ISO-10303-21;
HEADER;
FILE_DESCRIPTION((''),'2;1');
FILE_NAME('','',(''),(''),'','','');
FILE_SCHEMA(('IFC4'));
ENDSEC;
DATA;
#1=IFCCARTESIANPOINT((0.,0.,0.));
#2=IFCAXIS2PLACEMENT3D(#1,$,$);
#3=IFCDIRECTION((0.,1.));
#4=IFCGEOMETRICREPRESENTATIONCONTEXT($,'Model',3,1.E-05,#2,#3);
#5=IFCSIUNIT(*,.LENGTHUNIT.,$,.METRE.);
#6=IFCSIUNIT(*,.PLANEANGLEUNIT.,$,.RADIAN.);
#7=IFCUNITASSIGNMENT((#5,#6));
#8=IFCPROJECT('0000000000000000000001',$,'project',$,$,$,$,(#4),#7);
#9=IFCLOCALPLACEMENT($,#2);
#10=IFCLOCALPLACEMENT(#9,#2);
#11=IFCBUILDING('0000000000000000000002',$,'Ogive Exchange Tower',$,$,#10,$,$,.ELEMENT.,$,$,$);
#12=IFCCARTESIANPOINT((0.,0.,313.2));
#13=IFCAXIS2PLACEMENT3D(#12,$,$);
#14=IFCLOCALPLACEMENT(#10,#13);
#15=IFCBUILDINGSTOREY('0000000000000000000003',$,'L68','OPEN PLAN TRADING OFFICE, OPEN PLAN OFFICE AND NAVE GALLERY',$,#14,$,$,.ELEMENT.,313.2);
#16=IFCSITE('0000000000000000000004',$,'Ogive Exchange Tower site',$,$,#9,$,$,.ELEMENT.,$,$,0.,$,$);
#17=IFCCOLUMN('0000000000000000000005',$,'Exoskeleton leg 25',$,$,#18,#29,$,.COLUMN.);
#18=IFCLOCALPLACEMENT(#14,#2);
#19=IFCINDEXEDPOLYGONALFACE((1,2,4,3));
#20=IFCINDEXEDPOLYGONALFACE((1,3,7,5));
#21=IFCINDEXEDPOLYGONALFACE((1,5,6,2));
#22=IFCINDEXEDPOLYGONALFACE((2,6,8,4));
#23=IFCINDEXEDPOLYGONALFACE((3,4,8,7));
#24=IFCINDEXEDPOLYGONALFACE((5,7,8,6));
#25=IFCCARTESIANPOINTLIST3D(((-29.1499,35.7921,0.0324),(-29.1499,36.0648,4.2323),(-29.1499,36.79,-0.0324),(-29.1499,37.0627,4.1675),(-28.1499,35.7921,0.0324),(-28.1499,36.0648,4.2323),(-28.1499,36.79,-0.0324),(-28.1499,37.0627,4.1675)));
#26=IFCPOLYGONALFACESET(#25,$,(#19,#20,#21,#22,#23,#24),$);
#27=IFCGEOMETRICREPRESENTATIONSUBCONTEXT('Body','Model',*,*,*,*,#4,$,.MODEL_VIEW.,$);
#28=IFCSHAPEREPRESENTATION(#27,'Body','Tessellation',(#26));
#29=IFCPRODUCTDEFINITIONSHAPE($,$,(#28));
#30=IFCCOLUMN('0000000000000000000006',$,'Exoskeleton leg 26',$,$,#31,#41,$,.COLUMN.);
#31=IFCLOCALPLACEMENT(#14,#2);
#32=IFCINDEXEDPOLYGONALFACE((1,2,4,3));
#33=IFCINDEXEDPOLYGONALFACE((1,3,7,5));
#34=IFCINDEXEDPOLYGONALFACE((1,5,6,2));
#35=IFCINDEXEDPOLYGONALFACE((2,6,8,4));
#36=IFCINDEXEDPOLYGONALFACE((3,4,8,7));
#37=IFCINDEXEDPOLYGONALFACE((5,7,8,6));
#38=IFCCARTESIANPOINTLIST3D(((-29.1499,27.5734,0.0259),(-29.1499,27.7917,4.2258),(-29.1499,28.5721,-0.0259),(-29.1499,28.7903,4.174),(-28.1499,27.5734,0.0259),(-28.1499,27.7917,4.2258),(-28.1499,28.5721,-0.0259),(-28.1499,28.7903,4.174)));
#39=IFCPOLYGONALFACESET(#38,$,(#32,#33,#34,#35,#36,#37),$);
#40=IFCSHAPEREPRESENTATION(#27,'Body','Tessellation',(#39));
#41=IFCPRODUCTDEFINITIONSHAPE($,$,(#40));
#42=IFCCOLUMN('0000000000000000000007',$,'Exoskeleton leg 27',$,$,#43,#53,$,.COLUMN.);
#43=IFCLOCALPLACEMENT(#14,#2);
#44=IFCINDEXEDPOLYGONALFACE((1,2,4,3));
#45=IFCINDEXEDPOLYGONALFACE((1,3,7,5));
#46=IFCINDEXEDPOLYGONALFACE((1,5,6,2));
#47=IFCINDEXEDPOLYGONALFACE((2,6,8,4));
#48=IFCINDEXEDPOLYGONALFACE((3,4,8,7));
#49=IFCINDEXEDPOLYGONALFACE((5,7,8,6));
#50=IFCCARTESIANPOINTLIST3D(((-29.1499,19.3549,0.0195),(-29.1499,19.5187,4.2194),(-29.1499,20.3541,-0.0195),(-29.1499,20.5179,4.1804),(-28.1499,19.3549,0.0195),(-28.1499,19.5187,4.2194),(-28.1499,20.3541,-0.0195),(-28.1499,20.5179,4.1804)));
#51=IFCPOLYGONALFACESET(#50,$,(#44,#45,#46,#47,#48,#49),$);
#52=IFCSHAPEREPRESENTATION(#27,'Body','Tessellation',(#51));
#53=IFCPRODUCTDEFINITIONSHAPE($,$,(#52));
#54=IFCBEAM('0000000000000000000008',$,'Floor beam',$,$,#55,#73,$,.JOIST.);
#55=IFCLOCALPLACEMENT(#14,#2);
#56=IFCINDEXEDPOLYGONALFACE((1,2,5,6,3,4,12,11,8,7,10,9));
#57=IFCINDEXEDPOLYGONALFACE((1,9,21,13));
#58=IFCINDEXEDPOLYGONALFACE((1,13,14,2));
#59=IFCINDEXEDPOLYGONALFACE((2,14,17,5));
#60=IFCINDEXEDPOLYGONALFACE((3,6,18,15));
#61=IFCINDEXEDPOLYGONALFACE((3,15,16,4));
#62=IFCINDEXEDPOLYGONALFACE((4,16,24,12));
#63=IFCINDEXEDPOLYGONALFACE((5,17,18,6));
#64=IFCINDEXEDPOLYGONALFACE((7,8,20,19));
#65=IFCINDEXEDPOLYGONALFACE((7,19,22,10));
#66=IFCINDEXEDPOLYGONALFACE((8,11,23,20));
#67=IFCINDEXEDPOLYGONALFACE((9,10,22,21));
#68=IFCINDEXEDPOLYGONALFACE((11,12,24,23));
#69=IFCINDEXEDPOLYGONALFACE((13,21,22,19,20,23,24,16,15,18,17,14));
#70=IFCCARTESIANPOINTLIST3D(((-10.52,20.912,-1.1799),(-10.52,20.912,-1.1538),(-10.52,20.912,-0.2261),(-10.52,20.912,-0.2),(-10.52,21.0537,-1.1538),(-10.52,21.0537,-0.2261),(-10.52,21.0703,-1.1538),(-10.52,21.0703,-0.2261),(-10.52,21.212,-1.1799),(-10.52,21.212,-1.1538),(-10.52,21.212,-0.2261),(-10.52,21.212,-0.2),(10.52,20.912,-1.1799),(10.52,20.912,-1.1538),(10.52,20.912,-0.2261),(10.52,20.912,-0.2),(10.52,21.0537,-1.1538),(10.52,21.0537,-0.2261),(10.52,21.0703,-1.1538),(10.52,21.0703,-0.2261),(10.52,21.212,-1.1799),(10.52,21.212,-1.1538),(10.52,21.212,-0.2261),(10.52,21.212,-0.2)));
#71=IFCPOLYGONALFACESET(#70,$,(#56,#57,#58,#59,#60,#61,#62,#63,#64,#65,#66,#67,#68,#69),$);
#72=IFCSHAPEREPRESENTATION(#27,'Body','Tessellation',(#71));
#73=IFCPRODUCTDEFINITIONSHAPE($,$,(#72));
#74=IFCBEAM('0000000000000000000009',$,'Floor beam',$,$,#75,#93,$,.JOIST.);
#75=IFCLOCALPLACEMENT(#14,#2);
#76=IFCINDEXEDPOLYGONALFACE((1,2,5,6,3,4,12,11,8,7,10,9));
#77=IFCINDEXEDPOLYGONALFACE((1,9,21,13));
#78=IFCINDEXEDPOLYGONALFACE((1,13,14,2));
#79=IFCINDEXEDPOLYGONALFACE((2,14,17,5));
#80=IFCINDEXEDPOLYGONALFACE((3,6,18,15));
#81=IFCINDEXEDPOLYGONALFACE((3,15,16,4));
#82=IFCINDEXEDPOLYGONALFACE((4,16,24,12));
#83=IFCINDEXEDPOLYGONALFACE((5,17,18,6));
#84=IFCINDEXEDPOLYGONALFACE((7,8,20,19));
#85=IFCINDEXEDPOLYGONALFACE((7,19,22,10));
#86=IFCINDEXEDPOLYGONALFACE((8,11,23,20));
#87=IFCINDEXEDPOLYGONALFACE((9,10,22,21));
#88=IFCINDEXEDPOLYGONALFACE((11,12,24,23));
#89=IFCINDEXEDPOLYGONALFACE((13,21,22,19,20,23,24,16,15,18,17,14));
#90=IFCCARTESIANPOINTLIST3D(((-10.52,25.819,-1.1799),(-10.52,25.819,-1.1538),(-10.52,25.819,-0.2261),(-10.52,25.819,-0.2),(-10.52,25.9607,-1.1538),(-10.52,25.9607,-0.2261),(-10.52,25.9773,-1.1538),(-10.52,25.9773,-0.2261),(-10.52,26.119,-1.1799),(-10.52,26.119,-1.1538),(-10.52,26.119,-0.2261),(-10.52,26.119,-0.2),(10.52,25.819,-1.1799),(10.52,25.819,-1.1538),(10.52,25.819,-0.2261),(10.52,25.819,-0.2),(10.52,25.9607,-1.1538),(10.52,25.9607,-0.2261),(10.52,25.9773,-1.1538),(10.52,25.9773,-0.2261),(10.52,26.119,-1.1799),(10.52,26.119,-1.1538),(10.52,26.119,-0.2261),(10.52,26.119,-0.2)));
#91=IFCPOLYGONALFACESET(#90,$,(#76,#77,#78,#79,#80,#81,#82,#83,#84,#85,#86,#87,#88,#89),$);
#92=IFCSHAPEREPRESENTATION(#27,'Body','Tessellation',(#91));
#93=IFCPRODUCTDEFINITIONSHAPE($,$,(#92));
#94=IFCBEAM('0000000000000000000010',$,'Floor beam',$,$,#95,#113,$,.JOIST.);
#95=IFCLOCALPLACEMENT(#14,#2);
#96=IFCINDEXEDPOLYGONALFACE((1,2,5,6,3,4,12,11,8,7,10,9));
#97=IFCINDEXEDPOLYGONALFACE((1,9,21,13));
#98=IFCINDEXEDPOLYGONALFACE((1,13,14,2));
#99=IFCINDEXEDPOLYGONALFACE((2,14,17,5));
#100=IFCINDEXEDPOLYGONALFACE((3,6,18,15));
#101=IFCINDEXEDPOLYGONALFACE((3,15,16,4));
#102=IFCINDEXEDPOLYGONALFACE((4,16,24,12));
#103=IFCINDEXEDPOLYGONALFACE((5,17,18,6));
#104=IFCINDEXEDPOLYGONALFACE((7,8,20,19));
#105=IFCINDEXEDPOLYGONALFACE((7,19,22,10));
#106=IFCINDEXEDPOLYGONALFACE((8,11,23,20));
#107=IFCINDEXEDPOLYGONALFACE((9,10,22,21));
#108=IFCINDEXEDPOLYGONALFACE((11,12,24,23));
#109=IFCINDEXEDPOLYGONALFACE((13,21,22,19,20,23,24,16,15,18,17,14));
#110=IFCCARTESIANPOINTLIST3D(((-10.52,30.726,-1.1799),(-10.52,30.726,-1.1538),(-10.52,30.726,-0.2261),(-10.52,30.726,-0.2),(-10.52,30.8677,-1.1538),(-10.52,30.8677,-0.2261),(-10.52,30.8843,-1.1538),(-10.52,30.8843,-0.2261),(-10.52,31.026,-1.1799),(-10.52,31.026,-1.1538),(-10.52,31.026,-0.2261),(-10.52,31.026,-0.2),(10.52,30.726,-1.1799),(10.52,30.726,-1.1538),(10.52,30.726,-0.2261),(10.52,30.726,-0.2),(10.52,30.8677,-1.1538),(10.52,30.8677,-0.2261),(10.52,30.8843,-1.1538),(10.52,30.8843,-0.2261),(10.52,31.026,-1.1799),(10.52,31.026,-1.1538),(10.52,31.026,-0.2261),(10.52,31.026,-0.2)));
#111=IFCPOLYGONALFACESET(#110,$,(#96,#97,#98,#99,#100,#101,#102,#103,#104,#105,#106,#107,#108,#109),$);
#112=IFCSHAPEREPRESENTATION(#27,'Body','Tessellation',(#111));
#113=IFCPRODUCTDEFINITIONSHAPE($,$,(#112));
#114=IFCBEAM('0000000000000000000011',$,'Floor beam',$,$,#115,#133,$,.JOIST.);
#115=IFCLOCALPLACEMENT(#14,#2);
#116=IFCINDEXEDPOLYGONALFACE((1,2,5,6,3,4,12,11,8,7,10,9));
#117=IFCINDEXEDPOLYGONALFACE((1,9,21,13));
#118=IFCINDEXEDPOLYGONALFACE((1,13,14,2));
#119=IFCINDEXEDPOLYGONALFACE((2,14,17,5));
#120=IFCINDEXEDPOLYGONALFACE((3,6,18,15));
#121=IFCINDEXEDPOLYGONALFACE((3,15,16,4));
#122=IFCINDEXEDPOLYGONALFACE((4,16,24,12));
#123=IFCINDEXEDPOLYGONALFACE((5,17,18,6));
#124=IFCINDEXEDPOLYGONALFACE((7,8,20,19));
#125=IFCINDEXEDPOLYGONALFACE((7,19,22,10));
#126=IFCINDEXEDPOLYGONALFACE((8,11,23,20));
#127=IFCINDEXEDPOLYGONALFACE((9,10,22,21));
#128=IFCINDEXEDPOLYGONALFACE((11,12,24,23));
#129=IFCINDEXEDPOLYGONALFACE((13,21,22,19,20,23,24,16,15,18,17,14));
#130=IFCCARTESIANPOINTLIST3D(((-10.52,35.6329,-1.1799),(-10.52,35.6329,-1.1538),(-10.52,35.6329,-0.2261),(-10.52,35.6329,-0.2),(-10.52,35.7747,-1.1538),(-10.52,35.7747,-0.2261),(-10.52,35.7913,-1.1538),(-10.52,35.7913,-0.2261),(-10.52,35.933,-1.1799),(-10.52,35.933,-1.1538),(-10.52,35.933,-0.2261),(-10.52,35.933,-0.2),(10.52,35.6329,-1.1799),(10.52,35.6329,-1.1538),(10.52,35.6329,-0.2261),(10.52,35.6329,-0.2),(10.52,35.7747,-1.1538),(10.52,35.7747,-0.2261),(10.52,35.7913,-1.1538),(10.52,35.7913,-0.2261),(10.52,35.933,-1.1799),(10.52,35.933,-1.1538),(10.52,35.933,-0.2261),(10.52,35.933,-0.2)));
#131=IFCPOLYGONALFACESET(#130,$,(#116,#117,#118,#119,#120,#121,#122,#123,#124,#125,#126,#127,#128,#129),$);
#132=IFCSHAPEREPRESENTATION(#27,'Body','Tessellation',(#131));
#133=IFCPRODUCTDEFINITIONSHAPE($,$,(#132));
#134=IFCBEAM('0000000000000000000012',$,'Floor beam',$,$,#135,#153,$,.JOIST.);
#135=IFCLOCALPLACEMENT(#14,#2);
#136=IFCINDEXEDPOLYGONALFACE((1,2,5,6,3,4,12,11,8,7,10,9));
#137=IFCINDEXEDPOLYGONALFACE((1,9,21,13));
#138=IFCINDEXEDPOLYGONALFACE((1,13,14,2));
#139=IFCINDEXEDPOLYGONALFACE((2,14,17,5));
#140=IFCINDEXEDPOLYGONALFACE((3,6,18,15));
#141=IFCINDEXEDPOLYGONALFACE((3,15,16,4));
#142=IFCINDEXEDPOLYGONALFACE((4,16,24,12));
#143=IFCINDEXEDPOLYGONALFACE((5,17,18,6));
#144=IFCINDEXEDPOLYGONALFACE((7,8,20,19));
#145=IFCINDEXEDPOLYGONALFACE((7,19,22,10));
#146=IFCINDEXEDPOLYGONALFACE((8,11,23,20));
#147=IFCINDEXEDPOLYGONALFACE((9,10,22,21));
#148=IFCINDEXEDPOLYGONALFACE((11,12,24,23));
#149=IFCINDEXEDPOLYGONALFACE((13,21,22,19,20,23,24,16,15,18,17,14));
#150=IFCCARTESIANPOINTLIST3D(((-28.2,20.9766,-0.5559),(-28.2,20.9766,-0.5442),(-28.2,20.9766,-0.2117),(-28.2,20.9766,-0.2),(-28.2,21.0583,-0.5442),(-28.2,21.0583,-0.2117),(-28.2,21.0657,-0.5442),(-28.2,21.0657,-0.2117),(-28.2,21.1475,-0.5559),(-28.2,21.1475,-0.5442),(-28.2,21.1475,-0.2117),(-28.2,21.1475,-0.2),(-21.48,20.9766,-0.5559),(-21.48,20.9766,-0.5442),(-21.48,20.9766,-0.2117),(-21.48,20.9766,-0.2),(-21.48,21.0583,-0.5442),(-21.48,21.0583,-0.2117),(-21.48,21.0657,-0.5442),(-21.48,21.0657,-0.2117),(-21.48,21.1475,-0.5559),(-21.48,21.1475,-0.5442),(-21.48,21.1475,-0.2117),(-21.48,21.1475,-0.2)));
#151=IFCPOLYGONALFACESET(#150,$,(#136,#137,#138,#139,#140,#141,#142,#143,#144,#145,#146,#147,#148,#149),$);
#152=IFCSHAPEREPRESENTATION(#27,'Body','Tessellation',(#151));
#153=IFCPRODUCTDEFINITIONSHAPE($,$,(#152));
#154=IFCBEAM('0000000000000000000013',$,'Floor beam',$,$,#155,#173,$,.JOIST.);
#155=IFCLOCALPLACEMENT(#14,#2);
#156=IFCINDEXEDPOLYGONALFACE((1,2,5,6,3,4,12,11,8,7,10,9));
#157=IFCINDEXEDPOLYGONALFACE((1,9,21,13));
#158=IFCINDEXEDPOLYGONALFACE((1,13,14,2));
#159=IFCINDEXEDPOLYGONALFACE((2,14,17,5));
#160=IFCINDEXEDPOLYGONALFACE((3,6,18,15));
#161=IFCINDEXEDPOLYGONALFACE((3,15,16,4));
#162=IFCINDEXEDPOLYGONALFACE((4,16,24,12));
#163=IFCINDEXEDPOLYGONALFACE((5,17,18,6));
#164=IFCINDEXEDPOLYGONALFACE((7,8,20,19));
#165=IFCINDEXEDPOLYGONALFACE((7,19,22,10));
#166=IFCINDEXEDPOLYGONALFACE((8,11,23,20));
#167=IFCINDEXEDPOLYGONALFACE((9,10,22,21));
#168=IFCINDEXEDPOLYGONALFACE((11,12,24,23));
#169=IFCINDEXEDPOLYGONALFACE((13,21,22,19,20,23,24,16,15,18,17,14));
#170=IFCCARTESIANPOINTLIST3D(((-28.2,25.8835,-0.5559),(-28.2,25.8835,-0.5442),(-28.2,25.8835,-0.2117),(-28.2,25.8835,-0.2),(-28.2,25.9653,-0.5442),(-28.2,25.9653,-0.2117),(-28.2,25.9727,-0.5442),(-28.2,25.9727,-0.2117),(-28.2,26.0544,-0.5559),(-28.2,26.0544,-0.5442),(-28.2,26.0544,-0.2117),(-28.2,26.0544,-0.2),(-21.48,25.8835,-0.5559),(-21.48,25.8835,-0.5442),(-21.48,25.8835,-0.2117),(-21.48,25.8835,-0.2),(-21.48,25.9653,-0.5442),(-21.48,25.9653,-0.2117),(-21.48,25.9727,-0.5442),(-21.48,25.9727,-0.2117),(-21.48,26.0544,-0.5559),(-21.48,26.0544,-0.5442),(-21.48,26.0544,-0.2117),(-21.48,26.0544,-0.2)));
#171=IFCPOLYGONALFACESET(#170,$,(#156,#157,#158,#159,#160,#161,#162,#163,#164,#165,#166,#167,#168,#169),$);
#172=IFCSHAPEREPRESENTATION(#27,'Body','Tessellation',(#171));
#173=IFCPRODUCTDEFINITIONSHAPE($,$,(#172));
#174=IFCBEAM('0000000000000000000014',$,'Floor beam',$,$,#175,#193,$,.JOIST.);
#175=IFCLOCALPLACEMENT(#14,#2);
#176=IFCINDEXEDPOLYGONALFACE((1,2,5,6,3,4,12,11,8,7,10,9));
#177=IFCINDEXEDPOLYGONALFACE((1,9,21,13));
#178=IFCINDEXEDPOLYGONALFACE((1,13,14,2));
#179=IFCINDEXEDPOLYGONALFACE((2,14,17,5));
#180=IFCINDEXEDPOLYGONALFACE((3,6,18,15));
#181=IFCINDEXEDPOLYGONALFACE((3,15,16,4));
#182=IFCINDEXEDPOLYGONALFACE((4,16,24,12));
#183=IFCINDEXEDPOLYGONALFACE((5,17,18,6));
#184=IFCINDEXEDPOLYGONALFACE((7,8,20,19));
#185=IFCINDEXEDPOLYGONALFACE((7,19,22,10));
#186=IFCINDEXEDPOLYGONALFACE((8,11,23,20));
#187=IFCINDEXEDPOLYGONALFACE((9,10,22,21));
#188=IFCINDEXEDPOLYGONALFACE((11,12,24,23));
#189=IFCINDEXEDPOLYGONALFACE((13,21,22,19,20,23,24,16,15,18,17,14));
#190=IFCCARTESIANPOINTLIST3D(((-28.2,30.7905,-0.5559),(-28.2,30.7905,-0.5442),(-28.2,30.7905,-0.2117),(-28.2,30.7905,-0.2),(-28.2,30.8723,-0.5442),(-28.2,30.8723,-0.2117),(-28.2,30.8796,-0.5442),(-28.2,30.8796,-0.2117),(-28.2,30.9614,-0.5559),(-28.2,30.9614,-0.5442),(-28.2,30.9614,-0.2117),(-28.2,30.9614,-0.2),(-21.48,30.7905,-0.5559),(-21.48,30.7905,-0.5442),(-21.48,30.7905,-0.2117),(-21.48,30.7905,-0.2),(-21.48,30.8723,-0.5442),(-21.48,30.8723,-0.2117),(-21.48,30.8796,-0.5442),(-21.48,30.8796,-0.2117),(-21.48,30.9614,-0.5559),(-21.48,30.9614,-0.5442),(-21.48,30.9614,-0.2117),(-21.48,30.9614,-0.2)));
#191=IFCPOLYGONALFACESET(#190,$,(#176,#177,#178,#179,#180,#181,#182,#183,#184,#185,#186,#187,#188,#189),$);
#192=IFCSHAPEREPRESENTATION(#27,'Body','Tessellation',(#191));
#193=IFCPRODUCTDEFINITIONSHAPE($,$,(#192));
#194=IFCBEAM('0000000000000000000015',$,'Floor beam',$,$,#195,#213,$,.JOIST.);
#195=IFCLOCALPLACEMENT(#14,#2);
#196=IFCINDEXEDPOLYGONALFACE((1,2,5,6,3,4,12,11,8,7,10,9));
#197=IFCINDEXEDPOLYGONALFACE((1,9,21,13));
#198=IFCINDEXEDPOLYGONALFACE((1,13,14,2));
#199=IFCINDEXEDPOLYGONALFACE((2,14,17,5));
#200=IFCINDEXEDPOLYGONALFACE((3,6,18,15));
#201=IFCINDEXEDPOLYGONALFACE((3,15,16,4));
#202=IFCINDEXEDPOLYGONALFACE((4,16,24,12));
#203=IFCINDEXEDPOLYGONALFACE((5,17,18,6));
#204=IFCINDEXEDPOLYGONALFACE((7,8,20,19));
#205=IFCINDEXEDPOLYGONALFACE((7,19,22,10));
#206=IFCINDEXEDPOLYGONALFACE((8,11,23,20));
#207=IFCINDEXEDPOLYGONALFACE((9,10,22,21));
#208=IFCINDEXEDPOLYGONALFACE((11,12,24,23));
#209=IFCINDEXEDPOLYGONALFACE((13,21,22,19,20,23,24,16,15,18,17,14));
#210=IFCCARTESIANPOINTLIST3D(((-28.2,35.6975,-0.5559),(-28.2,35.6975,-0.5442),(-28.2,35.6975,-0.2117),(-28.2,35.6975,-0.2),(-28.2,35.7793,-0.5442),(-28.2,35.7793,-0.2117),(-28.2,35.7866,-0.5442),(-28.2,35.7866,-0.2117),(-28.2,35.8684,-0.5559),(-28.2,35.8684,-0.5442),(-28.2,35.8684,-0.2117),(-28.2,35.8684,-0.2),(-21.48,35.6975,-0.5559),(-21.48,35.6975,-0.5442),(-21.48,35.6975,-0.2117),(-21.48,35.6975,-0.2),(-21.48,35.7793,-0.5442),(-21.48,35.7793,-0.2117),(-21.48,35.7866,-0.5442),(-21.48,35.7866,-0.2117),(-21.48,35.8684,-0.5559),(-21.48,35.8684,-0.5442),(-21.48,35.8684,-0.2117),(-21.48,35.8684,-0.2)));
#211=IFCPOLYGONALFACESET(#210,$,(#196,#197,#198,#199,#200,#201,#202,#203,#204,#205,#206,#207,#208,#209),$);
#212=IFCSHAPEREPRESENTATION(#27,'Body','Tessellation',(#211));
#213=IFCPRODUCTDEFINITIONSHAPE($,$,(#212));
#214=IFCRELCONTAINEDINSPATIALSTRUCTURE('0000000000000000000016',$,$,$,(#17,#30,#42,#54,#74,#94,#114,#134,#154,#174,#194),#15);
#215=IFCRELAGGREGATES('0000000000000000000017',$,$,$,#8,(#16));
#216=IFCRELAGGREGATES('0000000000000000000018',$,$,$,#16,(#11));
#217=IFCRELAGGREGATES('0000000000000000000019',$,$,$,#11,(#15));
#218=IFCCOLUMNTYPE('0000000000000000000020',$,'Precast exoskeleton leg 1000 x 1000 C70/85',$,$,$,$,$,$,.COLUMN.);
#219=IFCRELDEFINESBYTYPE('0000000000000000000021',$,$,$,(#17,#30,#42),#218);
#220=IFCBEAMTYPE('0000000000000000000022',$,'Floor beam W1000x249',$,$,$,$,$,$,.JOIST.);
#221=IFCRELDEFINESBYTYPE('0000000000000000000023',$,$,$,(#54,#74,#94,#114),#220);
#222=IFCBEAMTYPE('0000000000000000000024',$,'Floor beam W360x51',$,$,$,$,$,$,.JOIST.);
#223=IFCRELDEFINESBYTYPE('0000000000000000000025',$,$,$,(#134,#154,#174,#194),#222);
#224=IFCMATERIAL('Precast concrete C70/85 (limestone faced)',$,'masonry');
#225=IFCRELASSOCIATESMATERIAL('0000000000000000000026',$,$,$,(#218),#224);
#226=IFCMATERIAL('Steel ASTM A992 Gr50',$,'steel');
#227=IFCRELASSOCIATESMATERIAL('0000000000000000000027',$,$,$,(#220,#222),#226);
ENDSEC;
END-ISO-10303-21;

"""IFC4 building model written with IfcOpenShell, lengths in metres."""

from ifc_helpers import new_model, si_unit, direction, frame, origin, origin_2d, place, context, subcontext, project, spatial, rectangle, i_section, extrude, material, material_profile, profile_set, type_object, element, save


model = new_model("IFC4")

# Units and contexts
model_context = context("Model", 3, precision=1e-05, world=origin(), true_north=direction((0.0, 1.0)))
body_context = subcontext(model_context, "Body", "Model", "MODEL_VIEW")
ifc_project = project(units=[si_unit("LENGTHUNIT", "METRE"), si_unit("PLANEANGLEUNIT", "RADIAN")], contexts=[model_context])

# Site, building, storey
site_placement = place(None, origin())
site = spatial("IfcSite", under=ifc_project, at=site_placement, Name="Ogive Exchange Tower site", CompositionType="ELEMENT", RefElevation=0.0)
building_placement = place(site_placement, origin())
building = spatial("IfcBuilding", under=site, at=building_placement, Name="Ogive Exchange Tower", CompositionType="ELEMENT")
storey_placement = place(building_placement, frame((0.0, 0.0, 313.2)))
storey = spatial("IfcBuildingStorey", under=building, at=storey_placement, Name="L68", Description="OPEN PLAN TRADING OFFICE, OPEN PLAN OFFICE AND NAVE GALLERY", CompositionType="ELEMENT", Elevation=313.2)

# Columns
ifc_material_1 = material(Name="Precast concrete C70/85 (limestone faced)", Category="masonry")
ifc_material_profile_1 = material_profile(ifc_material_1, rectangle(XDim=1.0, YDim=1.0, at=origin_2d()), Name="1000 x 1000")
ifc_profile_set_1 = profile_set([ifc_material_profile_1], Name="Precast concrete C70/85 (limestone faced)")
column_type = type_object("IfcColumnType", Name="Precast exoskeleton leg 1000 x 1000 C70/85", PredefinedType="COLUMN", material=ifc_profile_set_1)
column_1_placement = place(storey_placement, frame((-28.6499, 36.291, 0.0), z_axis=(0.0, 0.064794, 0.997899), x_axis=(-1.0, 0.0, 0.0)))
element("IfcColumn", 1, at=column_1_placement, inside=storey, type_object=column_type, Name="Exoskeleton leg 25", PredefinedType="COLUMN", context=body_context, shape_type="SweptSolid", body=[
    extrude(rectangle(XDim=1.0, YDim=1.0, at=origin_2d()), origin(), (0.0, 0.0, 1.0), 4.2087),
])
column_2_placement = place(storey_placement, frame((-28.6499, 28.0728, 0.0), z_axis=(0.0, 0.051898, 0.998652), x_axis=(-1.0, 0.0, 0.0)))
element("IfcColumn", 2, at=column_2_placement, inside=storey, type_object=column_type, Name="Exoskeleton leg 26", PredefinedType="COLUMN", context=body_context, shape_type="SweptSolid", body=[
    extrude(rectangle(XDim=1.0, YDim=1.0, at=origin_2d()), origin(), (0.0, 0.0, 1.0), 4.2056),
])
column_3_placement = place(storey_placement, frame((-28.6499, 19.8545, 0.0), z_axis=(0.0, 0.038975, 0.99924), x_axis=(-1.0, 0.0, 0.0)))
element("IfcColumn", 3, at=column_3_placement, inside=storey, type_object=column_type, Name="Exoskeleton leg 27", PredefinedType="COLUMN", context=body_context, shape_type="SweptSolid", body=[
    extrude(rectangle(XDim=1.0, YDim=1.0, at=origin_2d()), origin(), (0.0, 0.0, 1.0), 4.2031),
])

# Beams
ifc_material_2 = material(Name="Steel ASTM A992 Gr50", Category="steel")
ifc_material_profile_2 = material_profile(ifc_material_2, i_section(OverallWidth=0.3, OverallDepth=0.98, WebThickness=0.0166, FlangeThickness=0.0261, at=origin_2d()), Name="W1000x249")
ifc_profile_set_2 = profile_set([ifc_material_profile_2], Name="Steel ASTM A992 Gr50")
beam_type_1 = type_object("IfcBeamType", Name="Floor beam W1000x249", PredefinedType="JOIST", material=ifc_profile_set_2)
for number, where, z_axis, x_axis, name in (
    (4, (-10.52, 21.062, -0.6899), (1.0, 0.0, 0.0), (0.0, 1.0, 0.0), "Floor beam"),
    (5, (-10.52, 25.969, -0.6899), (1.0, 0.0, 0.0), (0.0, 1.0, 0.0), "Floor beam"),
    (6, (-10.52, 30.876, -0.6899), (1.0, 0.0, 0.0), (0.0, 1.0, 0.0), "Floor beam"),
    (7, (-10.52, 35.783, -0.6899), (1.0, 0.0, 0.0), (0.0, 1.0, 0.0), "Floor beam"),
):
    element("IfcBeam", number, at=place(storey_placement, frame(where, z_axis=z_axis, x_axis=x_axis)), inside=storey, type_object=beam_type_1, Name=name, PredefinedType="JOIST", context=body_context, shape_type="SweptSolid", body=[
        extrude(i_section(OverallWidth=0.3, OverallDepth=0.98, WebThickness=0.0166, FlangeThickness=0.0261, at=origin_2d()), origin(), (0.0, 0.0, 1.0), 21.04),
    ])
ifc_material_profile_3 = material_profile(ifc_material_2, i_section(OverallWidth=0.1709, OverallDepth=0.356, WebThickness=0.0073, FlangeThickness=0.0117, at=origin_2d()), Name="W360x51")
ifc_profile_set_3 = profile_set([ifc_material_profile_3], Name="Steel ASTM A992 Gr50")
beam_type_2 = type_object("IfcBeamType", Name="Floor beam W360x51", PredefinedType="JOIST", material=ifc_profile_set_3)
for number, where, z_axis, x_axis, name in (
    (8, (-28.2, 21.062, -0.3779), (1.0, 0.0, 0.0), (0.0, 1.0, 0.0), "Floor beam"),
    (9, (-28.2, 25.969, -0.3779), (1.0, 0.0, 0.0), (0.0, 1.0, 0.0), "Floor beam"),
    (10, (-28.2, 30.876, -0.3779), (1.0, 0.0, 0.0), (0.0, 1.0, 0.0), "Floor beam"),
    (11, (-28.2, 35.783, -0.3779), (1.0, 0.0, 0.0), (0.0, 1.0, 0.0), "Floor beam"),
):
    element("IfcBeam", number, at=place(storey_placement, frame(where, z_axis=z_axis, x_axis=x_axis)), inside=storey, type_object=beam_type_2, Name=name, PredefinedType="JOIST", context=body_context, shape_type="SweptSolid", body=[
        extrude(i_section(OverallWidth=0.1709, OverallDepth=0.356, WebThickness=0.0073, FlangeThickness=0.0117, at=origin_2d()), origin(), (0.0, 0.0, 1.0), 6.72),
    ])

save(model, "model.ifc")
